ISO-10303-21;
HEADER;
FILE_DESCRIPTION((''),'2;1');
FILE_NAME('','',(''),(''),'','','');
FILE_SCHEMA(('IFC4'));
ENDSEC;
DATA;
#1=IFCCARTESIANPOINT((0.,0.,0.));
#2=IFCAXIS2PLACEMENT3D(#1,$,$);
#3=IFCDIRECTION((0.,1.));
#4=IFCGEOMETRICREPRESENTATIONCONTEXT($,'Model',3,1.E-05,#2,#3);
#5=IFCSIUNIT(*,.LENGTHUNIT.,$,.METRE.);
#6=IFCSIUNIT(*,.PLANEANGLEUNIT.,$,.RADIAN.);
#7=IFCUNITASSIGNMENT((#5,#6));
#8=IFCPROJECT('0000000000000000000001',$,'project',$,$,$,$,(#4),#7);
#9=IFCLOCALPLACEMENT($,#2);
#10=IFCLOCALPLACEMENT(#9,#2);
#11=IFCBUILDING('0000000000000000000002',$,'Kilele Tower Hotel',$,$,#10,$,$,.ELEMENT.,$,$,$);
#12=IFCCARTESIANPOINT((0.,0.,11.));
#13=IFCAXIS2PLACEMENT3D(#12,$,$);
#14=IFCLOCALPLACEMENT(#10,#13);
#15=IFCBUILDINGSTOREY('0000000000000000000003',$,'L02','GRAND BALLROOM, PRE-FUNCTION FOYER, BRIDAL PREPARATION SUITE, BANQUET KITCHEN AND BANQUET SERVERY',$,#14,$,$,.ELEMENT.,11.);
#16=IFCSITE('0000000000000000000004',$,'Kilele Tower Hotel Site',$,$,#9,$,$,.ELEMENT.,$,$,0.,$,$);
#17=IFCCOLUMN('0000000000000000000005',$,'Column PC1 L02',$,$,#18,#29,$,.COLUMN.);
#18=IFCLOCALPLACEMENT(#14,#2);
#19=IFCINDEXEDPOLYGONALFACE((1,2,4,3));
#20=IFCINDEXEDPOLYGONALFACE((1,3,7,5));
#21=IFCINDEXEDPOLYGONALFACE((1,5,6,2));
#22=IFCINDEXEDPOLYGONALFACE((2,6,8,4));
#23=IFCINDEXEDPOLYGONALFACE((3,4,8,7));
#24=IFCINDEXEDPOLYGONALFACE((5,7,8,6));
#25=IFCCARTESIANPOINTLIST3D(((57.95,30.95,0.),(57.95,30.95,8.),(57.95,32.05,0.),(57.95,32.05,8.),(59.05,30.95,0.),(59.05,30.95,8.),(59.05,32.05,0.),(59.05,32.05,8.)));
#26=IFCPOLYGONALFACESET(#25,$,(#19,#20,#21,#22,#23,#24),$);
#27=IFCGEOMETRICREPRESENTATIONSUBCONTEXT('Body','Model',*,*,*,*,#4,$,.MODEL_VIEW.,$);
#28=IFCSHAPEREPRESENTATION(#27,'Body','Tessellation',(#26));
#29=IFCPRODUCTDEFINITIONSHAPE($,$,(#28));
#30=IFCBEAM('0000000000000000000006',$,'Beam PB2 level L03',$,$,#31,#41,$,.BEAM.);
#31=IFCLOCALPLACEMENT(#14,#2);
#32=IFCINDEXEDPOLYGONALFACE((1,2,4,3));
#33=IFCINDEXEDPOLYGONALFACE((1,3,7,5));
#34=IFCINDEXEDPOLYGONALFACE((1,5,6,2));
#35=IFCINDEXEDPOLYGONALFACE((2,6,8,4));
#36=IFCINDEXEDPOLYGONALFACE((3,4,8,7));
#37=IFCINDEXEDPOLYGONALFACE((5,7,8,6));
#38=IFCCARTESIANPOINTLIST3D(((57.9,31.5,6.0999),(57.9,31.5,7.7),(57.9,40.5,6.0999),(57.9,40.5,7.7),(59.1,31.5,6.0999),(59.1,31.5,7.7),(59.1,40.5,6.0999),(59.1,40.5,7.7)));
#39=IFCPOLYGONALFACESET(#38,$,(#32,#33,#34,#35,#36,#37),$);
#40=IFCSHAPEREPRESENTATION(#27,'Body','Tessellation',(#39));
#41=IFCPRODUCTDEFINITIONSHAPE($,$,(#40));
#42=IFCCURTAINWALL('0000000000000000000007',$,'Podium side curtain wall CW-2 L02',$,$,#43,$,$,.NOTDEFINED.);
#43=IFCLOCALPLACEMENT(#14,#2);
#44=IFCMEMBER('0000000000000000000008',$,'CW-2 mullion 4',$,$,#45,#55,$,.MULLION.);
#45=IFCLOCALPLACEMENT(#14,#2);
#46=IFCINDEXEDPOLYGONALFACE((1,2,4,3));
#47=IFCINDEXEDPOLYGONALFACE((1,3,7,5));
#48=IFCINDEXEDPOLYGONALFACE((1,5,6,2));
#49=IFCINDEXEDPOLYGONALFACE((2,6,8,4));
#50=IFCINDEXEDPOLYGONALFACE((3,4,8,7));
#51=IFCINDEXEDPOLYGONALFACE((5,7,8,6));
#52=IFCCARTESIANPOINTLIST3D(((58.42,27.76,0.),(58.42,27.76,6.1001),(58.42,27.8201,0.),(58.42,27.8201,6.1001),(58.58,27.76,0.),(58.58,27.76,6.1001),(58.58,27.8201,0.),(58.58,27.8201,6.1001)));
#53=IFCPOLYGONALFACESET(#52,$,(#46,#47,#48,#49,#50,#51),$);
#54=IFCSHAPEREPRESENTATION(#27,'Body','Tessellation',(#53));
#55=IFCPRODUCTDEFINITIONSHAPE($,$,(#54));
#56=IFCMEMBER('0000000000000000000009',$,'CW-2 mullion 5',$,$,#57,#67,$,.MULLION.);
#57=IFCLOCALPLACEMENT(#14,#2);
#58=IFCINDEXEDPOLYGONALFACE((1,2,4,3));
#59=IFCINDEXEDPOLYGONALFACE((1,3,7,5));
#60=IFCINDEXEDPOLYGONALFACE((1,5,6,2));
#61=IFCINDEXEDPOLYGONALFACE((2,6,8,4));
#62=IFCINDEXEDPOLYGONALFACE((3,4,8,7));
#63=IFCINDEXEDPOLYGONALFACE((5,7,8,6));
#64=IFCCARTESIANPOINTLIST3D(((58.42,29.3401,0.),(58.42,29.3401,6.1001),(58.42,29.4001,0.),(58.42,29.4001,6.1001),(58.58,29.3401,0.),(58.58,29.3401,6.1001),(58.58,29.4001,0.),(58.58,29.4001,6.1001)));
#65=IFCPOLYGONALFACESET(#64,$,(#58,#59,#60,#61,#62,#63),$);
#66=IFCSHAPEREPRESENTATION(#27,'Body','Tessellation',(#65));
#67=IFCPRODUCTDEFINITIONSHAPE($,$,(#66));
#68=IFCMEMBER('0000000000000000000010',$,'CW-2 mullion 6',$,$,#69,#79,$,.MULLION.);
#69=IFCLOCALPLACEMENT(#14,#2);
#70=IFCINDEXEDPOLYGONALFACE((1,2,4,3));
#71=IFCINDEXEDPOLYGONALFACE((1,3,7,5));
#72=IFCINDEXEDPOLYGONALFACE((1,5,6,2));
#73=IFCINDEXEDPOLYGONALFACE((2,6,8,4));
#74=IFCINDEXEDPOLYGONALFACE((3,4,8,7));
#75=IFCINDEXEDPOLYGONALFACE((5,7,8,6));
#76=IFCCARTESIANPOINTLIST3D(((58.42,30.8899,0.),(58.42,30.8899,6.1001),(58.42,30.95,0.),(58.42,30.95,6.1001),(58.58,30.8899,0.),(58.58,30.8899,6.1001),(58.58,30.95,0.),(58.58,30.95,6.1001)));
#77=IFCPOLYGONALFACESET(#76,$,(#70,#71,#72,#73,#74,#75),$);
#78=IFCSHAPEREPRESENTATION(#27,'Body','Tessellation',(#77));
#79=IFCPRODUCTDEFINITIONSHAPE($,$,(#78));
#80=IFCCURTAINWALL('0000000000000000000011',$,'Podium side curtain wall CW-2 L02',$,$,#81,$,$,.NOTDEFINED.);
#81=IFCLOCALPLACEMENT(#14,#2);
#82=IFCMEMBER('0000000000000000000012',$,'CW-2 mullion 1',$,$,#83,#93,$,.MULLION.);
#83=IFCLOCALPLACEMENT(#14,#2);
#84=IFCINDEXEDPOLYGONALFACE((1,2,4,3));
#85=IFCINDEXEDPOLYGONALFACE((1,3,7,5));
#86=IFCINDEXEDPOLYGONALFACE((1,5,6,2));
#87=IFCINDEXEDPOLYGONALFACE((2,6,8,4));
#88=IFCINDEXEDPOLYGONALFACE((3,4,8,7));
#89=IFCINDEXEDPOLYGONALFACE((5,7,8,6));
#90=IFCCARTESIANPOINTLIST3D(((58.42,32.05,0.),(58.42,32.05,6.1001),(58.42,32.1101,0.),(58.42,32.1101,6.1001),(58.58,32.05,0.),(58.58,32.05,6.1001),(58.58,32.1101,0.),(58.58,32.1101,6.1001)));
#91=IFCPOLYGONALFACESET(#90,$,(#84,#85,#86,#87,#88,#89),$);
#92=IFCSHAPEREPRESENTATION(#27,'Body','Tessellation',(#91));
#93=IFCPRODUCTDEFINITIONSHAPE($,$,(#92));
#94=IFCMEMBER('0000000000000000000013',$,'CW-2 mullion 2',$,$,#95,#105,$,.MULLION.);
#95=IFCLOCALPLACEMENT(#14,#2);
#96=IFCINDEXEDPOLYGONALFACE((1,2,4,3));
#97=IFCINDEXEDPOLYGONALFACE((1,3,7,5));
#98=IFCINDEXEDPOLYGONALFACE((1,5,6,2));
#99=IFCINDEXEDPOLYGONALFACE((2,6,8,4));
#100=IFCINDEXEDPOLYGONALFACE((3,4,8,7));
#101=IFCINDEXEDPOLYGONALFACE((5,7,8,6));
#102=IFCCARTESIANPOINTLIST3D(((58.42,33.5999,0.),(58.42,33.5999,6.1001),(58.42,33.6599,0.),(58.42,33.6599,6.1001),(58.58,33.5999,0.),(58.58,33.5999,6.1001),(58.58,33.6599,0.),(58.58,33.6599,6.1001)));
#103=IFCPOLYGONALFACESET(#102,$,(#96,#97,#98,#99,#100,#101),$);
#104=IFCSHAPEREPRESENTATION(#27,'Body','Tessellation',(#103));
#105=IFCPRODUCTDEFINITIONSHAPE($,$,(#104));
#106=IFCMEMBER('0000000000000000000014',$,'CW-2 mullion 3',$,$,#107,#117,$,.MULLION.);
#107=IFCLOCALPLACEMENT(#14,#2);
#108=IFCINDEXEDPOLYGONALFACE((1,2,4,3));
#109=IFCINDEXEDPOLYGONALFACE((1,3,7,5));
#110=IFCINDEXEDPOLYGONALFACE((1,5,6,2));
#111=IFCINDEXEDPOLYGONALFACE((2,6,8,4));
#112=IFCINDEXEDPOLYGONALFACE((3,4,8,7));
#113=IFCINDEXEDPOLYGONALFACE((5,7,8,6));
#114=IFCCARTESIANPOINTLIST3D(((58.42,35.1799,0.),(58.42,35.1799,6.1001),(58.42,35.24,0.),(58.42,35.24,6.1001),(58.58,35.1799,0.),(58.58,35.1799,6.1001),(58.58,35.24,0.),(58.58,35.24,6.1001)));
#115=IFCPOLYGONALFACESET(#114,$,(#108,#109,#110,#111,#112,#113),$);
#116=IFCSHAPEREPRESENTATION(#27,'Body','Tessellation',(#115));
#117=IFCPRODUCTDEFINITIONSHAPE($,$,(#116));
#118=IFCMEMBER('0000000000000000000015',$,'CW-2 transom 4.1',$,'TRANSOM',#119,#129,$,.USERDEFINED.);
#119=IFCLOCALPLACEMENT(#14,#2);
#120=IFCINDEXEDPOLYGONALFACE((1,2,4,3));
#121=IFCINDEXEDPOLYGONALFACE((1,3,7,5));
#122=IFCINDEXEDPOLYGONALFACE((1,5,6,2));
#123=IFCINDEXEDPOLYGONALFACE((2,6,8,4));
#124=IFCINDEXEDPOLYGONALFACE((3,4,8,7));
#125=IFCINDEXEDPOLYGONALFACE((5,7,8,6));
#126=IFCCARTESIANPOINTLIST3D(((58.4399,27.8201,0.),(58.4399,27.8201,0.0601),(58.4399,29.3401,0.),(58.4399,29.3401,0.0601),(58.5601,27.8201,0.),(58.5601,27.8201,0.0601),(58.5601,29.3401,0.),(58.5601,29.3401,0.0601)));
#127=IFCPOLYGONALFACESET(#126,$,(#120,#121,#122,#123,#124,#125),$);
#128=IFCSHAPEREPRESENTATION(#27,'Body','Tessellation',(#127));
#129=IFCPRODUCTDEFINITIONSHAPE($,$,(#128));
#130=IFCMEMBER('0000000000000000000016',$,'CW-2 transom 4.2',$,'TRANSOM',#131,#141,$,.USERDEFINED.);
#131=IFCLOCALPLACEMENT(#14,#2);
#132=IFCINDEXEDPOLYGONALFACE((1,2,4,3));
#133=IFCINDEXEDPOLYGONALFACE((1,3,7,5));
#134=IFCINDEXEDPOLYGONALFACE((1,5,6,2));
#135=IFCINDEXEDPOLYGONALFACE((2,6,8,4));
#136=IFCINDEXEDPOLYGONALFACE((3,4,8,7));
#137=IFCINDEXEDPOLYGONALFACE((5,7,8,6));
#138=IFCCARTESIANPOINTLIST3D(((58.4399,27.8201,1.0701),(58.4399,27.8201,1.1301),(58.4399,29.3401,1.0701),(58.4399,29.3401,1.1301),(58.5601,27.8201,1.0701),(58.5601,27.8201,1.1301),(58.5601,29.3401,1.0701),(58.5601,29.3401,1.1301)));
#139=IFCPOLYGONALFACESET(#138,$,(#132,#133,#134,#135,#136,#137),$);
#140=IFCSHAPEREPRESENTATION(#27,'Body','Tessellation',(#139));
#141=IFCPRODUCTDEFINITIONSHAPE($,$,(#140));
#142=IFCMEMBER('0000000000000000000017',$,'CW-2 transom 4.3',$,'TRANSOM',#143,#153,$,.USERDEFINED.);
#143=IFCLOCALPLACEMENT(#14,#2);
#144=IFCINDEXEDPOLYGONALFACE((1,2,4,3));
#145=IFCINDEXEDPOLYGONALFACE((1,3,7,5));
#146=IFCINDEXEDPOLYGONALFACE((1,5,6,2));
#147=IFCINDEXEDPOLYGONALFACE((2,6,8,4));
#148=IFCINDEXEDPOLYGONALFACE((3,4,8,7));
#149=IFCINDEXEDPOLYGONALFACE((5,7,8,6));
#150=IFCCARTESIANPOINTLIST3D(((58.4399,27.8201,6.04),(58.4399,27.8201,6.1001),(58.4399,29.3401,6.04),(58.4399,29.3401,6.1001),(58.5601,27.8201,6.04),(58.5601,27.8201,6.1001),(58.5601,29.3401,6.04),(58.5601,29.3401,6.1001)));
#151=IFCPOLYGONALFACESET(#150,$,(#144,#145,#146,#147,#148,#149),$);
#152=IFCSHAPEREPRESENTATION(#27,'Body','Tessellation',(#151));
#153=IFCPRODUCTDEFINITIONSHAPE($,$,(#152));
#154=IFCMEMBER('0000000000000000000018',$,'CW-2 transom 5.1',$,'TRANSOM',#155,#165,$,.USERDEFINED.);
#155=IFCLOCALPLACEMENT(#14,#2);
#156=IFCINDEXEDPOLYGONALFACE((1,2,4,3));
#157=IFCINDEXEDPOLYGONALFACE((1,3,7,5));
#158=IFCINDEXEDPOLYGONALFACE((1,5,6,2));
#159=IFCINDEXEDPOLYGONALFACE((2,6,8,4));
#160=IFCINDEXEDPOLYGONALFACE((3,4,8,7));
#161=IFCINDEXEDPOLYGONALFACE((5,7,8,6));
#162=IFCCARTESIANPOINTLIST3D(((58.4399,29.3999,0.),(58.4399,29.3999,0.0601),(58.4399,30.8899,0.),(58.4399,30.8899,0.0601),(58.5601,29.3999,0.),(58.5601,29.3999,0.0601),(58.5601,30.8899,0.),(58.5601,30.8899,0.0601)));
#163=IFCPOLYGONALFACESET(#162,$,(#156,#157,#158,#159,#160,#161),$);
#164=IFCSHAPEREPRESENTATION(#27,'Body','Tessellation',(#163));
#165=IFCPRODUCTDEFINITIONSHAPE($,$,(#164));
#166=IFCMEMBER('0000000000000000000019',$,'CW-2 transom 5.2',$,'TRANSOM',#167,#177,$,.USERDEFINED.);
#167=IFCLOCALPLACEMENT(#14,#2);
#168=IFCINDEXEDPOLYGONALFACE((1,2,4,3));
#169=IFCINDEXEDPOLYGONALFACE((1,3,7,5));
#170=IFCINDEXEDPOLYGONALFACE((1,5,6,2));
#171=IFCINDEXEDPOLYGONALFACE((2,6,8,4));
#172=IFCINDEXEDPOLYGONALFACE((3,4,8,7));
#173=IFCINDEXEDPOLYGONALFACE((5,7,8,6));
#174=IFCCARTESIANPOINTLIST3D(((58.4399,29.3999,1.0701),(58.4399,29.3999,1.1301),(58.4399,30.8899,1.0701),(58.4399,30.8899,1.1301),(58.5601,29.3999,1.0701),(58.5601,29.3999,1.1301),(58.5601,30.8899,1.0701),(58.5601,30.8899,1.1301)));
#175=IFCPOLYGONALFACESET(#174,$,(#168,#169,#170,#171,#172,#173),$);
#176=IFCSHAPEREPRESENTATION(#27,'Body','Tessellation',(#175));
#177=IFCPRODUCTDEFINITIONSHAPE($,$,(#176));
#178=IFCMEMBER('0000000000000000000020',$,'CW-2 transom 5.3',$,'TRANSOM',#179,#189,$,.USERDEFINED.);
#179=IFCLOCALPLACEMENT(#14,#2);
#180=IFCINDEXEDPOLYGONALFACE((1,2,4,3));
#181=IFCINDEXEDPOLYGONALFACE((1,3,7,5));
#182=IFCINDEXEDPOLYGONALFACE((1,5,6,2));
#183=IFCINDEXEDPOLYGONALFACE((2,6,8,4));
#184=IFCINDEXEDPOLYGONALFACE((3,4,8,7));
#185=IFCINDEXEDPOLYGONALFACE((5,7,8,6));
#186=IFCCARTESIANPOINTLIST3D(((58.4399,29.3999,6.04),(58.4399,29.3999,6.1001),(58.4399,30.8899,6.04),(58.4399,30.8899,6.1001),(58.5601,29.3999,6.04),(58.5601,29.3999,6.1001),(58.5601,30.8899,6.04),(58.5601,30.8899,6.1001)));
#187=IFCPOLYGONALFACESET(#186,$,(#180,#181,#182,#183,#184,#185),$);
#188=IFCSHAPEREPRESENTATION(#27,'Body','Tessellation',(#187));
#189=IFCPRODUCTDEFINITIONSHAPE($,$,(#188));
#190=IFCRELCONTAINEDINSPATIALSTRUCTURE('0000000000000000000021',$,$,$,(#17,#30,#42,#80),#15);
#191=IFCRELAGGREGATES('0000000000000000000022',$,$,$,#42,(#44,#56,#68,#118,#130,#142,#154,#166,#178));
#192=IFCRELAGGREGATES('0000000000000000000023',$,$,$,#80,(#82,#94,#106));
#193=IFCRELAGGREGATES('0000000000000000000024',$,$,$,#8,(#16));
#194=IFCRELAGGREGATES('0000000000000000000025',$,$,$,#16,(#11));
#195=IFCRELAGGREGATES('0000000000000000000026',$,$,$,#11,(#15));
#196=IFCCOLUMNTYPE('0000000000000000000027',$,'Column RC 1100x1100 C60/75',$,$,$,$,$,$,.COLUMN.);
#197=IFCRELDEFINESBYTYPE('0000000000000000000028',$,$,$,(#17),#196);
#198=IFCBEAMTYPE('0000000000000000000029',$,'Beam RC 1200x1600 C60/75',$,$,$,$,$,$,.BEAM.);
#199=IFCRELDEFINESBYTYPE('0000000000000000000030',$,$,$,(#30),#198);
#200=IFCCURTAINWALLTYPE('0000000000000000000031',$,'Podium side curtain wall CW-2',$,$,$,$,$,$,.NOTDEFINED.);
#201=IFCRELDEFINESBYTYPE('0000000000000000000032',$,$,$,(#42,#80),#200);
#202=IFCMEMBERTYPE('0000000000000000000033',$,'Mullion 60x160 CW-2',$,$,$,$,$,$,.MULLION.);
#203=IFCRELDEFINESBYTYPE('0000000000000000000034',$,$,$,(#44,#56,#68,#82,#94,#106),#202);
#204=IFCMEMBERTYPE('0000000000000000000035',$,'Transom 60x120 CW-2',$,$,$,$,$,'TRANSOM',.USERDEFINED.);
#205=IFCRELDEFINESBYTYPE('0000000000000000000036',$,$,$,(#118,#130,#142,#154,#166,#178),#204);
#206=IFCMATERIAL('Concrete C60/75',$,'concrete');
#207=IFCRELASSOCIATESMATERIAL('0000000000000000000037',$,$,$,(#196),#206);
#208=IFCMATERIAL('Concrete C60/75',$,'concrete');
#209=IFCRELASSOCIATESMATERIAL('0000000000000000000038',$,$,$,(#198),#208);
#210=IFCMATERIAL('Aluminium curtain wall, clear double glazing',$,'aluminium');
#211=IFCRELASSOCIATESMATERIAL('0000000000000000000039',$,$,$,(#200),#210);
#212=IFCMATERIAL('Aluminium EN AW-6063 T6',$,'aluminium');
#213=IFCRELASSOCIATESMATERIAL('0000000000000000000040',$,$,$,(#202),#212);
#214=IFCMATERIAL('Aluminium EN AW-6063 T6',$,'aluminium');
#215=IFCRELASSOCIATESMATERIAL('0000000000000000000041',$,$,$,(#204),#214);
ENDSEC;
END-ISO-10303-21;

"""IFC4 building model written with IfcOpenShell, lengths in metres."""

from ifc_helpers import new_model, si_unit, direction, frame, origin, origin_2d, place, context, subcontext, project, spatial, rectangle, extrude, material, material_profile, profile_set, type_object, element, aggregate, save


model = new_model("IFC4")

# Units and contexts
model_context = context("Model", 3, precision=1e-05, world=origin(), true_north=direction((0.0, 1.0)))
body_context = subcontext(model_context, "Body", "Model", "MODEL_VIEW")
ifc_project = project(units=[si_unit("LENGTHUNIT", "METRE"), si_unit("PLANEANGLEUNIT", "RADIAN")], contexts=[model_context])

# Site, building, storey
site_placement = place(None, origin())
site = spatial("IfcSite", under=ifc_project, at=site_placement, Name="Kilele Tower Hotel Site", CompositionType="ELEMENT", RefElevation=0.0)
building_placement = place(site_placement, origin())
building = spatial("IfcBuilding", under=site, at=building_placement, Name="Kilele Tower Hotel", CompositionType="ELEMENT")
storey_placement = place(building_placement, frame((0.0, 0.0, 11.0)))
storey = spatial("IfcBuildingStorey", under=building, at=storey_placement, Name="L02", Description="GRAND BALLROOM, PRE-FUNCTION FOYER, BRIDAL PREPARATION SUITE, BANQUET KITCHEN AND BANQUET SERVERY", CompositionType="ELEMENT", Elevation=11.0)

# Column
ifc_material_1 = material(Name="Concrete C60/75", Category="concrete")
ifc_material_profile_1 = material_profile(ifc_material_1, rectangle(XDim=1.1001, YDim=1.1001, at=origin_2d()))
ifc_profile_set_1 = profile_set([ifc_material_profile_1], Name="Concrete C60/75")
column_type = type_object("IfcColumnType", Name="Column RC 1100x1100 C60/75", PredefinedType="COLUMN", material=ifc_profile_set_1)
column_placement = place(storey_placement, frame((58.5, 31.5, 0.0), z_axis=(0.0, 0.0, 1.0), x_axis=(1.0, 0.0, 0.0)))
element("IfcColumn", 1, at=column_placement, inside=storey, type_object=column_type, Name="Column PC1 L02", PredefinedType="COLUMN", context=body_context, shape_type="SweptSolid", body=[
    extrude(rectangle(XDim=1.1001, YDim=1.1001, at=origin_2d()), origin(), (0.0, 0.0, 1.0), 8.0),
])

# Beam
ifc_material_2 = material(Name="Concrete C60/75", Category="concrete")
ifc_material_profile_2 = material_profile(ifc_material_2, rectangle(XDim=1.2, YDim=1.6001, at=origin_2d()))
ifc_profile_set_2 = profile_set([ifc_material_profile_2], Name="Concrete C60/75")
beam_type = type_object("IfcBeamType", Name="Beam RC 1200x1600 C60/75", PredefinedType="BEAM", material=ifc_profile_set_2)
beam_placement = place(storey_placement, frame((58.5, 31.5, 6.8999), z_axis=(0.0, 1.0, 0.0), x_axis=(-1.0, 0.0, 0.0)))
element("IfcBeam", 2, at=beam_placement, inside=storey, type_object=beam_type, Name="Beam PB2 level L03", PredefinedType="BEAM", context=body_context, shape_type="SweptSolid", body=[
    extrude(rectangle(XDim=1.2, YDim=1.6001, at=origin_2d()), origin(), (0.0, 0.0, 1.0), 9.0),
])

# Curtain walls, members
ifc_material_3 = material(Name="Aluminium curtain wall, clear double glazing", Category="aluminium")
curtain_wall_type = type_object("IfcCurtainWallType", Name="Podium side curtain wall CW-2", PredefinedType="NOTDEFINED", material=ifc_material_3)
curtain_wall_1_placement = place(storey_placement, origin())
curtain_wall_1 = element("IfcCurtainWall", 3, at=curtain_wall_1_placement, inside=storey, type_object=curtain_wall_type, Name="Podium side curtain wall CW-2 L02", PredefinedType="NOTDEFINED")
ifc_material_4 = material(Name="Aluminium EN AW-6063 T6", Category="aluminium")
ifc_material_profile_3 = material_profile(ifc_material_4, rectangle(XDim=0.1599, YDim=0.0601, at=origin_2d()))
ifc_profile_set_3 = profile_set([ifc_material_profile_3], Name="Aluminium EN AW-6063 T6")
member_type_1 = type_object("IfcMemberType", Name="Mullion 60x160 CW-2", PredefinedType="MULLION", material=ifc_profile_set_3)
member_1_placement = place(storey_placement, frame((58.5, 27.79, 0.0), z_axis=(0.0, 0.0, 1.0), x_axis=(-1.0, 0.0, 0.0)))
member_1 = element("IfcMember", 4, at=member_1_placement, type_object=member_type_1, Name="CW-2 mullion 4", PredefinedType="MULLION", context=body_context, shape_type="SweptSolid", body=[
    extrude(rectangle(XDim=0.1599, YDim=0.0601, at=origin_2d()), origin(), (0.0, 0.0, 1.0), 6.1001),
])
member_2_placement = place(storey_placement, frame((58.5, 29.3701, 0.0), z_axis=(0.0, 0.0, 1.0), x_axis=(-1.0, 0.0, 0.0)))
member_2 = element("IfcMember", 5, at=member_2_placement, type_object=member_type_1, Name="CW-2 mullion 5", PredefinedType="MULLION", context=body_context, shape_type="SweptSolid", body=[
    extrude(rectangle(XDim=0.1599, YDim=0.0601, at=origin_2d()), origin(), (0.0, 0.0, 1.0), 6.1001),
])
member_3_placement = place(storey_placement, frame((58.5, 30.9199, 0.0), z_axis=(0.0, 0.0, 1.0), x_axis=(-1.0, 0.0, 0.0)))
member_3 = element("IfcMember", 6, at=member_3_placement, type_object=member_type_1, Name="CW-2 mullion 6", PredefinedType="MULLION", context=body_context, shape_type="SweptSolid", body=[
    extrude(rectangle(XDim=0.1599, YDim=0.0601, at=origin_2d()), origin(), (0.0, 0.0, 1.0), 6.1001),
])
curtain_wall_2_placement = place(storey_placement, origin())
curtain_wall_2 = element("IfcCurtainWall", 7, at=curtain_wall_2_placement, inside=storey, type_object=curtain_wall_type, Name="Podium side curtain wall CW-2 L02", PredefinedType="NOTDEFINED")
member_4_placement = place(storey_placement, frame((58.5, 32.0801, 0.0), z_axis=(0.0, 0.0, 1.0), x_axis=(-1.0, 0.0, 0.0)))
member_4 = element("IfcMember", 8, at=member_4_placement, type_object=member_type_1, Name="CW-2 mullion 1", PredefinedType="MULLION", context=body_context, shape_type="SweptSolid", body=[
    extrude(rectangle(XDim=0.1599, YDim=0.0601, at=origin_2d()), origin(), (0.0, 0.0, 1.0), 6.1001),
])
member_5_placement = place(storey_placement, frame((58.5, 33.6299, 0.0), z_axis=(0.0, 0.0, 1.0), x_axis=(-1.0, 0.0, 0.0)))
member_5 = element("IfcMember", 9, at=member_5_placement, type_object=member_type_1, Name="CW-2 mullion 2", PredefinedType="MULLION", context=body_context, shape_type="SweptSolid", body=[
    extrude(rectangle(XDim=0.1599, YDim=0.0601, at=origin_2d()), origin(), (0.0, 0.0, 1.0), 6.1001),
])
member_6_placement = place(storey_placement, frame((58.5, 35.21, 0.0), z_axis=(0.0, 0.0, 1.0), x_axis=(-1.0, 0.0, 0.0)))
member_6 = element("IfcMember", 10, at=member_6_placement, type_object=member_type_1, Name="CW-2 mullion 3", PredefinedType="MULLION", context=body_context, shape_type="SweptSolid", body=[
    extrude(rectangle(XDim=0.1599, YDim=0.0601, at=origin_2d()), origin(), (0.0, 0.0, 1.0), 6.1001),
])

# Members
ifc_material_5 = material(Name="Aluminium EN AW-6063 T6", Category="aluminium")
ifc_material_profile_4 = material_profile(ifc_material_5, rectangle(XDim=0.1201, YDim=0.0601, at=origin_2d()))
ifc_profile_set_4 = profile_set([ifc_material_profile_4], Name="Aluminium EN AW-6063 T6")
member_type_2 = type_object("IfcMemberType", Name="Transom 60x120 CW-2", ElementType="TRANSOM", PredefinedType="USERDEFINED", material=ifc_profile_set_4)
member_7_placement = place(storey_placement, frame((58.5, 27.8201, 0.03), z_axis=(0.0, 1.0, 0.0), x_axis=(-1.0, 0.0, 0.0)))
member_7 = element("IfcMember", 11, at=member_7_placement, type_object=member_type_2, Name="CW-2 transom 4.1", ObjectType="TRANSOM", PredefinedType="USERDEFINED", context=body_context, shape_type="SweptSolid", body=[
    extrude(rectangle(XDim=0.1201, YDim=0.0601, at=origin_2d()), origin(), (0.0, 0.0, 1.0), 1.52),
])
member_8_placement = place(storey_placement, frame((58.5, 27.8201, 1.1001), z_axis=(0.0, 1.0, 0.0), x_axis=(-1.0, 0.0, 0.0)))
member_8 = element("IfcMember", 12, at=member_8_placement, type_object=member_type_2, Name="CW-2 transom 4.2", ObjectType="TRANSOM", PredefinedType="USERDEFINED", context=body_context, shape_type="SweptSolid", body=[
    extrude(rectangle(XDim=0.1201, YDim=0.0601, at=origin_2d()), origin(), (0.0, 0.0, 1.0), 1.52),
])
member_9_placement = place(storey_placement, frame((58.5, 27.8201, 6.0701), z_axis=(0.0, 1.0, 0.0), x_axis=(-1.0, 0.0, 0.0)))
member_9 = element("IfcMember", 13, at=member_9_placement, type_object=member_type_2, Name="CW-2 transom 4.3", ObjectType="TRANSOM", PredefinedType="USERDEFINED", context=body_context, shape_type="SweptSolid", body=[
    extrude(rectangle(XDim=0.1201, YDim=0.0601, at=origin_2d()), origin(), (0.0, 0.0, 1.0), 1.52),
])
member_10_placement = place(storey_placement, frame((58.5, 29.3999, 0.03), z_axis=(0.0, 1.0, 0.0), x_axis=(-1.0, 0.0, 0.0)))
member_10 = element("IfcMember", 14, at=member_10_placement, type_object=member_type_2, Name="CW-2 transom 5.1", ObjectType="TRANSOM", PredefinedType="USERDEFINED", context=body_context, shape_type="SweptSolid", body=[
    extrude(rectangle(XDim=0.1201, YDim=0.0601, at=origin_2d()), origin(), (0.0, 0.0, 1.0), 1.49),
])
member_11_placement = place(storey_placement, frame((58.5, 29.3999, 1.1001), z_axis=(0.0, 1.0, 0.0), x_axis=(-1.0, 0.0, 0.0)))
member_11 = element("IfcMember", 15, at=member_11_placement, type_object=member_type_2, Name="CW-2 transom 5.2", ObjectType="TRANSOM", PredefinedType="USERDEFINED", context=body_context, shape_type="SweptSolid", body=[
    extrude(rectangle(XDim=0.1201, YDim=0.0601, at=origin_2d()), origin(), (0.0, 0.0, 1.0), 1.49),
])
member_12_placement = place(storey_placement, frame((58.5, 29.3999, 6.0701), z_axis=(0.0, 1.0, 0.0), x_axis=(-1.0, 0.0, 0.0)))
member_12 = element("IfcMember", 16, at=member_12_placement, type_object=member_type_2, Name="CW-2 transom 5.3", ObjectType="TRANSOM", PredefinedType="USERDEFINED", context=body_context, shape_type="SweptSolid", body=[
    extrude(rectangle(XDim=0.1201, YDim=0.0601, at=origin_2d()), origin(), (0.0, 0.0, 1.0), 1.49),
])

aggregate(curtain_wall_1, [member_1, member_2, member_3, member_7, member_8, member_9, member_10, member_11, member_12])
aggregate(curtain_wall_2, [member_4, member_5, member_6])

save(model, "model.ifc")
